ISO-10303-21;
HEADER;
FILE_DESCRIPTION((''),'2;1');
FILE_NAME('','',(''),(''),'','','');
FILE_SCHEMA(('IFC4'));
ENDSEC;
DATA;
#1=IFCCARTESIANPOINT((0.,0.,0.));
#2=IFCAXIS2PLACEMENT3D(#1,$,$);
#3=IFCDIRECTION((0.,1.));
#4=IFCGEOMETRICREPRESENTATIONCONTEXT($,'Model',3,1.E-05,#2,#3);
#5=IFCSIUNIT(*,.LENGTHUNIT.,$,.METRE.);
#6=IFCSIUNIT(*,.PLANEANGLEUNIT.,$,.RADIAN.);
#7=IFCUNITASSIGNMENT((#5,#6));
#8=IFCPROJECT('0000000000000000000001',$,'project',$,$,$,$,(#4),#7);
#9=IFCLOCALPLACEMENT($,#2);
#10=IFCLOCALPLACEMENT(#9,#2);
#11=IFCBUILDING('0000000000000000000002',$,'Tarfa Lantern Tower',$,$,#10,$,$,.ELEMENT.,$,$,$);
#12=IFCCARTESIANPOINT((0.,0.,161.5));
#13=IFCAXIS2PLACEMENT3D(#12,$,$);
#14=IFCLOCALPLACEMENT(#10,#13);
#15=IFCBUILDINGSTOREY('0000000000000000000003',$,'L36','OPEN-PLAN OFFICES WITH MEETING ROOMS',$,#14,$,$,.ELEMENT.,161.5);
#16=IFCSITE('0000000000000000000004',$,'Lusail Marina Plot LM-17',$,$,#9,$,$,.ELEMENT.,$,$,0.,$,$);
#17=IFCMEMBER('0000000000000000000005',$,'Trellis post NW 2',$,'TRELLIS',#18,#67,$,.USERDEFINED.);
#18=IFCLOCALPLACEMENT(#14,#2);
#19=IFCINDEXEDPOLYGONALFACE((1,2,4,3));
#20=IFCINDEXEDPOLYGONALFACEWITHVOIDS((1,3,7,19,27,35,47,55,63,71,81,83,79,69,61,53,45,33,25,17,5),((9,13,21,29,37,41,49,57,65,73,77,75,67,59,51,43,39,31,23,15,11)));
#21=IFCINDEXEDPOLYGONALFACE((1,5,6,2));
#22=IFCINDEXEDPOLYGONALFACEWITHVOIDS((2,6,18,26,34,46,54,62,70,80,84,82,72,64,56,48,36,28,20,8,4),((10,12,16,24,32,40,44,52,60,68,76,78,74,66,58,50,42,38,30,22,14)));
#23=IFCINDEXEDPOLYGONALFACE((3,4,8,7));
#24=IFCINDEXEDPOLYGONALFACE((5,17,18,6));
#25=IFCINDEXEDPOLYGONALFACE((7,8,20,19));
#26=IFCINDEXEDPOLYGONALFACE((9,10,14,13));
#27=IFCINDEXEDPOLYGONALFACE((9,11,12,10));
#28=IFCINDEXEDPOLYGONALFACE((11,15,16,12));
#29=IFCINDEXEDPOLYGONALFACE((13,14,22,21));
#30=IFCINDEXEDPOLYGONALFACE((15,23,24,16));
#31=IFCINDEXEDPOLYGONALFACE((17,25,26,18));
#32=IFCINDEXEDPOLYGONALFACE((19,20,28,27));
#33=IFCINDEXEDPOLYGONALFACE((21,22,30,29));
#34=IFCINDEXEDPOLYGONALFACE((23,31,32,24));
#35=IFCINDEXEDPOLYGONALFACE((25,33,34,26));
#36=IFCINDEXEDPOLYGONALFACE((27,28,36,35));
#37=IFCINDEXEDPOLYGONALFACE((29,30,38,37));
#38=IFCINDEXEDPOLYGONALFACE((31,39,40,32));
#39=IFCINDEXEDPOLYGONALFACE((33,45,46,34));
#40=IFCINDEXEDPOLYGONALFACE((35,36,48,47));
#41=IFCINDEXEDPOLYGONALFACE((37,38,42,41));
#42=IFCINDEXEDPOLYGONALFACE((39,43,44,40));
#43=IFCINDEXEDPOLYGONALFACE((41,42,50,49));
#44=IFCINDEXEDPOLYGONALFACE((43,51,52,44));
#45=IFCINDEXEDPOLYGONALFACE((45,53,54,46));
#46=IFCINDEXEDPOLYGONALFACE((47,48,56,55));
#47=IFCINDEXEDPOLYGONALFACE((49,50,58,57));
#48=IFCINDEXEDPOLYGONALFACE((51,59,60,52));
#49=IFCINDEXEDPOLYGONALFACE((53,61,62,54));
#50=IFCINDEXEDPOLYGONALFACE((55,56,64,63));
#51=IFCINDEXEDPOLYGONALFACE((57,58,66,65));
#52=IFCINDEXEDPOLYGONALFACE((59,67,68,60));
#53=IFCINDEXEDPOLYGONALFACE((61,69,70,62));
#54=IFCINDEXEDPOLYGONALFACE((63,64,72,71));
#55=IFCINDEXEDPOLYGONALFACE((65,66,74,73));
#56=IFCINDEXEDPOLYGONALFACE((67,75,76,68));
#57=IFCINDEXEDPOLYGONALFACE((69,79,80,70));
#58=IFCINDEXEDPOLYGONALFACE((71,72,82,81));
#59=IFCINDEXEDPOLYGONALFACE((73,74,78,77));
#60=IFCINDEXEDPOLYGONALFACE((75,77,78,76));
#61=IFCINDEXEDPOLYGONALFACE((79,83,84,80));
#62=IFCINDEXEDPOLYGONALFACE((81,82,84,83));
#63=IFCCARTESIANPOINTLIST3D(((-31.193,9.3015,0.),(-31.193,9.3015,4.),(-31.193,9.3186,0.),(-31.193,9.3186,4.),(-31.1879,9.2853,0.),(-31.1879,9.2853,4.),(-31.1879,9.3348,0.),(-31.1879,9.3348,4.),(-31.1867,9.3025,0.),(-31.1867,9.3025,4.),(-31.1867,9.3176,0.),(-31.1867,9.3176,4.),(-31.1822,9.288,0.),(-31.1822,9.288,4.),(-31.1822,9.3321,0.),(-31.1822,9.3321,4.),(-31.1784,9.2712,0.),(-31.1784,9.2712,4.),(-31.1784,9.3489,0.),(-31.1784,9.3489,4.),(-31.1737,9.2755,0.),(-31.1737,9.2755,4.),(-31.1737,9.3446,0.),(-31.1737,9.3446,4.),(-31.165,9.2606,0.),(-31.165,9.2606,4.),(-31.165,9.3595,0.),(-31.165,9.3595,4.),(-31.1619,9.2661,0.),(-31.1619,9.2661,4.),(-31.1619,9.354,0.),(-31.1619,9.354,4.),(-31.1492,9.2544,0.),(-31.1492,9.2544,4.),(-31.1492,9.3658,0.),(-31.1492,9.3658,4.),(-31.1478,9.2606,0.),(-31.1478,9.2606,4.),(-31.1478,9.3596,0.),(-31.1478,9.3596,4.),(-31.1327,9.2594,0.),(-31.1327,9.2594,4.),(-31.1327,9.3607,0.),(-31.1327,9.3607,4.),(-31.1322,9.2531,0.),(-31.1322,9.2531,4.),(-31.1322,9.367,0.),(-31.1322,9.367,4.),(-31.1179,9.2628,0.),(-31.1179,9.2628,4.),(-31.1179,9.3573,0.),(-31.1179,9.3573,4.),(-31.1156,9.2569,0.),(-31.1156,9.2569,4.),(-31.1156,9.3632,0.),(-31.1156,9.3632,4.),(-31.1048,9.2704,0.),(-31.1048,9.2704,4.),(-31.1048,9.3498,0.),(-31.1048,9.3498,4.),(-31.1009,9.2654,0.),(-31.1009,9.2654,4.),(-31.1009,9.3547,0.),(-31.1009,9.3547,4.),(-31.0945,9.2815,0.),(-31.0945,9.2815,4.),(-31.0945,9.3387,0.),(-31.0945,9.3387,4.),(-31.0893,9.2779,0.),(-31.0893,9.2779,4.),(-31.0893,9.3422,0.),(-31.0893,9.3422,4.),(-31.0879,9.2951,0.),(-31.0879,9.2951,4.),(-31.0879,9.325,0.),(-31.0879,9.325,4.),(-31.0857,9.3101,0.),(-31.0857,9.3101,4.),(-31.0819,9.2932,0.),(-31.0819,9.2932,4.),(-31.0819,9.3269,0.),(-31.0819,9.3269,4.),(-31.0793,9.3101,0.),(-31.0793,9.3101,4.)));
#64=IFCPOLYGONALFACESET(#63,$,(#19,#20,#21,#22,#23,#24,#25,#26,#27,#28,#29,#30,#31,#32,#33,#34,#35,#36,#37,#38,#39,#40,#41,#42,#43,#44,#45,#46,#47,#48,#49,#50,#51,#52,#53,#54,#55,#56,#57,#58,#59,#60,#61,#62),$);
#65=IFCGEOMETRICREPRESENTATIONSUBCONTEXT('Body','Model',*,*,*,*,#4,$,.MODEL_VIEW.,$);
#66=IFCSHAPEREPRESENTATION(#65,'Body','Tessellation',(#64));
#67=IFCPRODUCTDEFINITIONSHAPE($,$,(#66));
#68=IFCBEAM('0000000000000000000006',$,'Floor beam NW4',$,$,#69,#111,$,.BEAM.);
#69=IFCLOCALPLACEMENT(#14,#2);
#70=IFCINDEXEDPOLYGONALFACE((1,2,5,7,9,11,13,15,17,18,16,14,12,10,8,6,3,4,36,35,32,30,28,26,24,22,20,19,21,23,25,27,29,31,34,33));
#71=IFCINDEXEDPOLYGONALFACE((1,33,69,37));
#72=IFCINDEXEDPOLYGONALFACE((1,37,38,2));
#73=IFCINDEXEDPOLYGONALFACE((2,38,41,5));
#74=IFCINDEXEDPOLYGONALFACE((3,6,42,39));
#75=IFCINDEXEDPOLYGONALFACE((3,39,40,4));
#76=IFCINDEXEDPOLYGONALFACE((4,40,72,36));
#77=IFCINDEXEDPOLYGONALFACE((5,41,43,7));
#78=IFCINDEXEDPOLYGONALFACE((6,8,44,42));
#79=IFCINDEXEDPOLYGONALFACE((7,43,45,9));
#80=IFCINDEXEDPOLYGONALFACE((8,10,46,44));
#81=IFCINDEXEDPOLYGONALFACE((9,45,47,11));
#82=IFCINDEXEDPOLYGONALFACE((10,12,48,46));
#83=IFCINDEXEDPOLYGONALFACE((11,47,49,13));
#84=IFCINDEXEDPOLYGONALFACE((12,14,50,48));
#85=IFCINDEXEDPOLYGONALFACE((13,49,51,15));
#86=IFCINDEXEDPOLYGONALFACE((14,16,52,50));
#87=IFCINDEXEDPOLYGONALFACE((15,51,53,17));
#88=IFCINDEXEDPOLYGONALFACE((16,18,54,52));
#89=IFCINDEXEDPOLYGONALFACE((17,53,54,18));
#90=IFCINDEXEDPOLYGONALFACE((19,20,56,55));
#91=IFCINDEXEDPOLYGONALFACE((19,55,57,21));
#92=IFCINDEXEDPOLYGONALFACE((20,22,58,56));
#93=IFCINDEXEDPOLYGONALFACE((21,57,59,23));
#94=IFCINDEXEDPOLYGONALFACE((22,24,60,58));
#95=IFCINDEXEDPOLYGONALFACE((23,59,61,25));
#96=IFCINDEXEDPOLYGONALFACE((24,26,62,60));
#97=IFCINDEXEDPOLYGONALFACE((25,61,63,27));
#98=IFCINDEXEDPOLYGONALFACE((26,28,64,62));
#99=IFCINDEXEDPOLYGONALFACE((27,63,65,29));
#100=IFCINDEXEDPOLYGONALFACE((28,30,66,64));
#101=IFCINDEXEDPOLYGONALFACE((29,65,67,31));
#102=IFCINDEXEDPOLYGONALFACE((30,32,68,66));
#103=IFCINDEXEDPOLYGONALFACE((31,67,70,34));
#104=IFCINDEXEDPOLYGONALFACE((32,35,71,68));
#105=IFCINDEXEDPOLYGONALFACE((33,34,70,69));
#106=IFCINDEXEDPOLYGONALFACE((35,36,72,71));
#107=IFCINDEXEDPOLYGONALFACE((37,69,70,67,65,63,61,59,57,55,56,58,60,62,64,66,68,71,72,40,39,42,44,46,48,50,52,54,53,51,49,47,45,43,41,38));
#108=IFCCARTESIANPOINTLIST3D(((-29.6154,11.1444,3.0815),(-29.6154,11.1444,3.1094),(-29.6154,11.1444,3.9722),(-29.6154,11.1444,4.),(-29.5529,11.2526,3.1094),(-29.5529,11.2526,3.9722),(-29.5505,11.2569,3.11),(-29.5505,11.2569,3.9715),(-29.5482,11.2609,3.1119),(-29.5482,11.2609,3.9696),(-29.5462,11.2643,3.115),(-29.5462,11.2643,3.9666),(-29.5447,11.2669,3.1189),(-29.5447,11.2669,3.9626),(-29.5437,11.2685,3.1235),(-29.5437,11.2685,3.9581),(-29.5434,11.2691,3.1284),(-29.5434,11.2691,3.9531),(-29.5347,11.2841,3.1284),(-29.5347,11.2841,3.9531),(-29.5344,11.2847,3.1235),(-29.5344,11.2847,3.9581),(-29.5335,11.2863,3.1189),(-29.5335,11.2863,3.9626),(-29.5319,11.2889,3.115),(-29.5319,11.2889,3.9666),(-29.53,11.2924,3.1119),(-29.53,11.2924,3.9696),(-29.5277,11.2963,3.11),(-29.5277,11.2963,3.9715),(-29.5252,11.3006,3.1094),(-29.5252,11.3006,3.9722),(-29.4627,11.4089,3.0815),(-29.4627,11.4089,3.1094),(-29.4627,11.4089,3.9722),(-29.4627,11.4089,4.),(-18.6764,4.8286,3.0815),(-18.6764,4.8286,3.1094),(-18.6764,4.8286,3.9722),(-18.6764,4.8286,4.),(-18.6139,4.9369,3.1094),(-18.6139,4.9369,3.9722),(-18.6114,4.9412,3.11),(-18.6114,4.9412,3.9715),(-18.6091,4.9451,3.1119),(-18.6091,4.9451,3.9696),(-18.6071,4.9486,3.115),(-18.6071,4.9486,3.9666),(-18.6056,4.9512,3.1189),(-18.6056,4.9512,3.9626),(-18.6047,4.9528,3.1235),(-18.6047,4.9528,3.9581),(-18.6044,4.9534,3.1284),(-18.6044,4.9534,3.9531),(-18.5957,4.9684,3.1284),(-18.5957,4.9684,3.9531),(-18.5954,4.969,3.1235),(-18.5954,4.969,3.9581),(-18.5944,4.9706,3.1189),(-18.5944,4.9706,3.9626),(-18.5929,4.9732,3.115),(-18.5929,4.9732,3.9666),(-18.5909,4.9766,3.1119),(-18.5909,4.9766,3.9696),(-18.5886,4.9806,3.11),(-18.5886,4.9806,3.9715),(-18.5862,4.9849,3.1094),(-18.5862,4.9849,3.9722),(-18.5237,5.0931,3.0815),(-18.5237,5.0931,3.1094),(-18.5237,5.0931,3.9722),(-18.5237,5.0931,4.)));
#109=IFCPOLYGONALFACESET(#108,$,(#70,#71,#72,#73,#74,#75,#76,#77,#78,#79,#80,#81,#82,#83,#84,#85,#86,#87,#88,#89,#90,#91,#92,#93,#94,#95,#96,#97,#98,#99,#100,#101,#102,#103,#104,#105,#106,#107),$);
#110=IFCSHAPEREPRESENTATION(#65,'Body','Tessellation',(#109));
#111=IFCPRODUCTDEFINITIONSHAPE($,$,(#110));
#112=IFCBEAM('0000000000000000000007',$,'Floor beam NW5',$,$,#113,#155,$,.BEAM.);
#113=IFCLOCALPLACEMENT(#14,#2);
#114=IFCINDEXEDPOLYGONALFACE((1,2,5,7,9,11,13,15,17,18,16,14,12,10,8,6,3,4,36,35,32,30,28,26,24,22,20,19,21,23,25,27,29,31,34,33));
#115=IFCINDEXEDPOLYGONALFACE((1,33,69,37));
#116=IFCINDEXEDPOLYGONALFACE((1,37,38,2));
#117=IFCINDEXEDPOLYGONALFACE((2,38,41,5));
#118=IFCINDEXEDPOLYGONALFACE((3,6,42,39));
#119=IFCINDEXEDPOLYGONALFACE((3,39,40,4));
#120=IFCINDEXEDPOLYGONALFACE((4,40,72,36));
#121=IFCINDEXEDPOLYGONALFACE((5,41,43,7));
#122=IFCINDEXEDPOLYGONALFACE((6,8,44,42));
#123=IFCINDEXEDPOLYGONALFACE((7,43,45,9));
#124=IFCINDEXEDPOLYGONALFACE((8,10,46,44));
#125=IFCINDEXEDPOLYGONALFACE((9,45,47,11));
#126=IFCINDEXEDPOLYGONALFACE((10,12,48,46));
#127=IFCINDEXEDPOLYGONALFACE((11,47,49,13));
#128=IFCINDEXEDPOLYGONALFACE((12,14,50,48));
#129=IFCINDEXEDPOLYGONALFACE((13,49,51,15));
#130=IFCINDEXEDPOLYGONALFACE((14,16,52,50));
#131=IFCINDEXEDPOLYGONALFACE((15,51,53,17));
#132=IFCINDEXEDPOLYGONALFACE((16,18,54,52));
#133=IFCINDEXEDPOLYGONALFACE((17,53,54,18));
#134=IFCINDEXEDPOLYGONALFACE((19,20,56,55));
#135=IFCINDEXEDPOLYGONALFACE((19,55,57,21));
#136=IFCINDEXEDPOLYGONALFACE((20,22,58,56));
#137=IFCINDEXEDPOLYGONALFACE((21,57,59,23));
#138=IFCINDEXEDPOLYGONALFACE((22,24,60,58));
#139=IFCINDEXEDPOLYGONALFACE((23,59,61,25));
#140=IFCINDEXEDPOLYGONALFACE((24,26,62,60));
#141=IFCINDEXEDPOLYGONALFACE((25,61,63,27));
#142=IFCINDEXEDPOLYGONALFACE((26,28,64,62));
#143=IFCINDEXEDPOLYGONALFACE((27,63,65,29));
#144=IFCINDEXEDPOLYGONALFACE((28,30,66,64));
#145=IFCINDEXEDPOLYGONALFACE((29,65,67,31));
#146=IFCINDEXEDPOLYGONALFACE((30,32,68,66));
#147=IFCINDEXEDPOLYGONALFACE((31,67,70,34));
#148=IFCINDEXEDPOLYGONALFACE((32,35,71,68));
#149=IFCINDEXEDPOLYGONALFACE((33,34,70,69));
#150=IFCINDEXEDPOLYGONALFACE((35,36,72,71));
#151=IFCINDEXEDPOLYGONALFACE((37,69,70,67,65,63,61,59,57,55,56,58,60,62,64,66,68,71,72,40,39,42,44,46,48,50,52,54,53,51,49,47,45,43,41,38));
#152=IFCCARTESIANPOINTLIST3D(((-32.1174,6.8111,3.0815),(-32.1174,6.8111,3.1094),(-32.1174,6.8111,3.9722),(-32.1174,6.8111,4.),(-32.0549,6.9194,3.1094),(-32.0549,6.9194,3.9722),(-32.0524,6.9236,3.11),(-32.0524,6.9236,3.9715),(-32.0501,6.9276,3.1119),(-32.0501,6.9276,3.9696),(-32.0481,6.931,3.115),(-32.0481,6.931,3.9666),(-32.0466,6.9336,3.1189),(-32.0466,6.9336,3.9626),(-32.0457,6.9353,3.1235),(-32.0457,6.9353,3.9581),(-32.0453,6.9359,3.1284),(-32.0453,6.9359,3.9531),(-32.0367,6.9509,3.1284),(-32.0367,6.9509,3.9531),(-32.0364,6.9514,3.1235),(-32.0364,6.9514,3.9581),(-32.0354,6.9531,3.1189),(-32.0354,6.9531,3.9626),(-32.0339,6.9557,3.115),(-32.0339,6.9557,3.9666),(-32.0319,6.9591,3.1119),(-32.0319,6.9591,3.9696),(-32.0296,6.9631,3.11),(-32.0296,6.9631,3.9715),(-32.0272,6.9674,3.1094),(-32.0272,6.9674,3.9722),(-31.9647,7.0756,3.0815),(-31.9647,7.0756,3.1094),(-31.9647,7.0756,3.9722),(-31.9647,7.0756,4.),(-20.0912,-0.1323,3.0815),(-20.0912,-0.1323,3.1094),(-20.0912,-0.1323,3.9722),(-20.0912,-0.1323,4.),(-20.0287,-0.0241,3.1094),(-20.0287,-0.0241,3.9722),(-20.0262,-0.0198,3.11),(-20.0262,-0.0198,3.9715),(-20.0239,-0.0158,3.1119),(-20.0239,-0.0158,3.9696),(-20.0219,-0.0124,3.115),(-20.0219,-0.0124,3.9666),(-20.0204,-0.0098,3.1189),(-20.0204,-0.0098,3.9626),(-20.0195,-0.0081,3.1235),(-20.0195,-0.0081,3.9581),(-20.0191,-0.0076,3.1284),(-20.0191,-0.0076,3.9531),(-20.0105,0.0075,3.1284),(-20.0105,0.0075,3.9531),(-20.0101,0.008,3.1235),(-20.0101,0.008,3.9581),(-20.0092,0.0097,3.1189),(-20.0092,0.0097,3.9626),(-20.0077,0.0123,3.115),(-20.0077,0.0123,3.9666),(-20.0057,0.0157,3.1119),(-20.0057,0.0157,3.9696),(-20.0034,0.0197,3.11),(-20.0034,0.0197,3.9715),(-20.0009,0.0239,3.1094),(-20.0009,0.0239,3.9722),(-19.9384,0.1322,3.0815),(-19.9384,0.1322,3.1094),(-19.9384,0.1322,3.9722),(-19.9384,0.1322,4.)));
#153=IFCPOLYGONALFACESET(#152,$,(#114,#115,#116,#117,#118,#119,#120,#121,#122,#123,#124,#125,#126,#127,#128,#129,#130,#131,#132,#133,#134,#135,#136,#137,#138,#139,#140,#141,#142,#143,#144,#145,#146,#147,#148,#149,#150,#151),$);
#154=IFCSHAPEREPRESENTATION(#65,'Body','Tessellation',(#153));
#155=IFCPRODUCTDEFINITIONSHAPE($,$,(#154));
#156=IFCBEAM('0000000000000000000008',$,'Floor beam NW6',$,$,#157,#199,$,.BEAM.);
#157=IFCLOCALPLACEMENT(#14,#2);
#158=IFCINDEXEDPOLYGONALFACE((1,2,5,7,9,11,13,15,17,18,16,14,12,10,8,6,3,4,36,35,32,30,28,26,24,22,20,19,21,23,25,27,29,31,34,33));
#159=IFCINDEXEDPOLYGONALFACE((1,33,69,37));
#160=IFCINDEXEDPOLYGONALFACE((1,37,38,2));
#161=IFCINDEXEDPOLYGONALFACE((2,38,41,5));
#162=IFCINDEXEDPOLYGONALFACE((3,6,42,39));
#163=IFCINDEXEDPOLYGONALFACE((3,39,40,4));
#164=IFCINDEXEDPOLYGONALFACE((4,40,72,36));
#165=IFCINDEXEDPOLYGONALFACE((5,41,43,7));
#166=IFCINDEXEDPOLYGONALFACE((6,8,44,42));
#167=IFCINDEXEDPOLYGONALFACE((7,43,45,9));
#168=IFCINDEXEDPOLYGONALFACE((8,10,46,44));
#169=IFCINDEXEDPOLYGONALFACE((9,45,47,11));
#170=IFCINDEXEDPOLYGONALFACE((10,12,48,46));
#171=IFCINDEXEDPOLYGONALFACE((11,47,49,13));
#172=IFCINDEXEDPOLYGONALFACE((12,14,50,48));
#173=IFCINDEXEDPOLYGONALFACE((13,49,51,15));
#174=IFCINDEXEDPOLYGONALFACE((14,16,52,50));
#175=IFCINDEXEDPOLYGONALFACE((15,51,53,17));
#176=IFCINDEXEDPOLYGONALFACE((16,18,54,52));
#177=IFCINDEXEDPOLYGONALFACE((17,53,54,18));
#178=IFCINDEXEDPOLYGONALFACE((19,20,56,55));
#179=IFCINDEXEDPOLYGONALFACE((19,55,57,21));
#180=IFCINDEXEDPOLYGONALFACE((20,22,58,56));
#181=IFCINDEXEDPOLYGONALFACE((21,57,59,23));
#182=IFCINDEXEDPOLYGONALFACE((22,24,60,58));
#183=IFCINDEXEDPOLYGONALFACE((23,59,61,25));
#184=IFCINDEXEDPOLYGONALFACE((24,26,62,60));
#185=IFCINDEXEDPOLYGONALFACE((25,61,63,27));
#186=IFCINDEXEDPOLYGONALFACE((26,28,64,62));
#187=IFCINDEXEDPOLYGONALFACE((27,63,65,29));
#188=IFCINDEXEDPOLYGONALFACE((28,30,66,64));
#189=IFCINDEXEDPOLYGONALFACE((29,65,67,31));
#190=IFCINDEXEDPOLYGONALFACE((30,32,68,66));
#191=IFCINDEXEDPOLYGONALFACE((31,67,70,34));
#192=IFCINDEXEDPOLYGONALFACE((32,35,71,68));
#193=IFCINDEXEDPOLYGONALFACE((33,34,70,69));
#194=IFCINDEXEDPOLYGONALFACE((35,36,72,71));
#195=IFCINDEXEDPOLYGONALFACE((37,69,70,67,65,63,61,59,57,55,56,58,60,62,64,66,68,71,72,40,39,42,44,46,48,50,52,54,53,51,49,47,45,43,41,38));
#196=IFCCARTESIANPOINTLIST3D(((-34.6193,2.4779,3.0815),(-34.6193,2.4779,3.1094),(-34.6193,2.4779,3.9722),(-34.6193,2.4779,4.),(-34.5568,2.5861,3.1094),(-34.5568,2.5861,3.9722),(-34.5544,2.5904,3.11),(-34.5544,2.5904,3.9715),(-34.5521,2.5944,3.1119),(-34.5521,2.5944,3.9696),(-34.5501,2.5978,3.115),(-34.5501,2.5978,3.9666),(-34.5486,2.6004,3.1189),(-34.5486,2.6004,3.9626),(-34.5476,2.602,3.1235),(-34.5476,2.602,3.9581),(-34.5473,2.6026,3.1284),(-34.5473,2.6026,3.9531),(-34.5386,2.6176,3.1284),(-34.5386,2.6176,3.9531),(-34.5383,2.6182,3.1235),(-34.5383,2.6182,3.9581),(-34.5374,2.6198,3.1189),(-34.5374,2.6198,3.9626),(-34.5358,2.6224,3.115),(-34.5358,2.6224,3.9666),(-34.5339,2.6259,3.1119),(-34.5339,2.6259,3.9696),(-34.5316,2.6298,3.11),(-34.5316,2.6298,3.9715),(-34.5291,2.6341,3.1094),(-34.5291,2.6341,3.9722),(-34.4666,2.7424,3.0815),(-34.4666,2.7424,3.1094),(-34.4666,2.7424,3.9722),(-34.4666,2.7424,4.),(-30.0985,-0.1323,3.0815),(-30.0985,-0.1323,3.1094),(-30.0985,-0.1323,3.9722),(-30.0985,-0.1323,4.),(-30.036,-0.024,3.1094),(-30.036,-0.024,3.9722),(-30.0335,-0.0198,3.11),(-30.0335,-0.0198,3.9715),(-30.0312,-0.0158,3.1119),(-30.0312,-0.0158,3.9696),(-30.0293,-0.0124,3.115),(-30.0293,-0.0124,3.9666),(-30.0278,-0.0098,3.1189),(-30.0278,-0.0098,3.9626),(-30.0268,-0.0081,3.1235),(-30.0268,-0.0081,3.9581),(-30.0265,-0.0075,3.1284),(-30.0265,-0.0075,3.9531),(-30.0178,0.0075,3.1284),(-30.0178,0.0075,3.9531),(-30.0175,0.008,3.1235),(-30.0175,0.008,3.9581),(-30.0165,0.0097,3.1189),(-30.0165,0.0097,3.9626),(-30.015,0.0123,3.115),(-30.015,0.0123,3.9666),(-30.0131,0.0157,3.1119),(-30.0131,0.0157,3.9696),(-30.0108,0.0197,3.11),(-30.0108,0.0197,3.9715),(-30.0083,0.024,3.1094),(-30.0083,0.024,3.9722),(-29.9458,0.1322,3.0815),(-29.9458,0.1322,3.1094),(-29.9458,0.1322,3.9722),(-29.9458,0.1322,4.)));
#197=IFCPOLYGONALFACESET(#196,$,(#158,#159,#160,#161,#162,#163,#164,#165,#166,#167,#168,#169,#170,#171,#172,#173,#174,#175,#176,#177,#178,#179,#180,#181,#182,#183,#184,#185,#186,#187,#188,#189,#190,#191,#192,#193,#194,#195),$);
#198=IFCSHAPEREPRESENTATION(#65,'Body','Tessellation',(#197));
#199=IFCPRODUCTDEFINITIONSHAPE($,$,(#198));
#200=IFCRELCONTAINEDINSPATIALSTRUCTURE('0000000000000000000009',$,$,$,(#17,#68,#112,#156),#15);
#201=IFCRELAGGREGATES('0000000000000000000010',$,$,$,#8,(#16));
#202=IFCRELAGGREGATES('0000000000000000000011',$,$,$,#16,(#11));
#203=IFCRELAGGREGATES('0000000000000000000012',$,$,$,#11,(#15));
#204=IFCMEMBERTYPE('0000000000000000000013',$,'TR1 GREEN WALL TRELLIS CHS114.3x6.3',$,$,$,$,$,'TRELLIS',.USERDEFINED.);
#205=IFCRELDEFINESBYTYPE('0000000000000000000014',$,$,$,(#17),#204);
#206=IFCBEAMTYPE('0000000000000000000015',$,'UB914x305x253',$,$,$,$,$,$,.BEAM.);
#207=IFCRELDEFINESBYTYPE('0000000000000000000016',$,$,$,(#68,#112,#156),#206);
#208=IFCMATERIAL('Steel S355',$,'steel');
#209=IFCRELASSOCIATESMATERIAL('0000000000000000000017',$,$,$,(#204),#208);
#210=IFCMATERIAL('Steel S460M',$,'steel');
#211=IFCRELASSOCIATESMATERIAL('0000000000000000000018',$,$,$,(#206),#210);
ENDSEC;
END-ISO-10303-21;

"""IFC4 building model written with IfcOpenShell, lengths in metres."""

from ifc_helpers import new_model, si_unit, direction, frame, origin, origin_2d, place, context, subcontext, project, spatial, hollow_circle, i_section, extrude, material, material_profile, profile_set, type_object, element, save


model = new_model("IFC4")

# Units and contexts
model_context = context("Model", 3, precision=1e-05, world=origin(), true_north=direction((0.0, 1.0)))
body_context = subcontext(model_context, "Body", "Model", "MODEL_VIEW")
ifc_project = project(units=[si_unit("LENGTHUNIT", "METRE"), si_unit("PLANEANGLEUNIT", "RADIAN")], contexts=[model_context])

# Site, building, storey
site_placement = place(None, origin())
site = spatial("IfcSite", under=ifc_project, at=site_placement, Name="Lusail Marina Plot LM-17", CompositionType="ELEMENT", RefElevation=0.0)
building_placement = place(site_placement, origin())
building = spatial("IfcBuilding", under=site, at=building_placement, Name="Tarfa Lantern Tower", CompositionType="ELEMENT")
storey_placement = place(building_placement, frame((0.0, 0.0, 161.5)))
storey = spatial("IfcBuildingStorey", under=building, at=storey_placement, Name="L36", Description="OPEN-PLAN OFFICES WITH MEETING ROOMS", CompositionType="ELEMENT", Elevation=161.5)

# Member
ifc_material_1 = material(Name="Steel S355", Category="steel")
ifc_material_profile_1 = material_profile(ifc_material_1, hollow_circle(Radius=0.0571, WallThickness=0.0063, at=origin_2d()), Name="CHS114.3x6.3")
ifc_profile_set_1 = profile_set([ifc_material_profile_1], Name="Steel S355")
member_type_1 = type_object("IfcMemberType", Name="TR1 GREEN WALL TRELLIS CHS114.3x6.3", ElementType="TRELLIS", PredefinedType="USERDEFINED", material=ifc_profile_set_1)
member_1_placement = place(storey_placement, frame((-31.1365, 9.3101, 0.0), z_axis=(0.0, 0.0, 1.0), x_axis=(1.0, 0.0, 0.0)))
element("IfcMember", 1, at=member_1_placement, inside=storey, type_object=member_type_1, Name="Trellis post NW 2", ObjectType="TRELLIS", PredefinedType="USERDEFINED", context=body_context, shape_type="SweptSolid", body=[
    extrude(hollow_circle(Radius=0.0571, WallThickness=0.0063, at=origin_2d()), origin(), (0.0, 0.0, 1.0), 4.0),
])

# Beams
ifc_material_2 = material(Name="Steel S460M", Category="steel")
ifc_material_profile_2 = material_profile(ifc_material_2, i_section(OverallWidth=0.3054, OverallDepth=0.9185, WebThickness=0.0173, FlangeThickness=0.0278, FilletRadius=0.019, at=origin_2d()), Name="UB914x305x253")
ifc_profile_set_2 = profile_set([ifc_material_profile_2], Name="Steel S460M")
beam_type_1 = type_object("IfcBeamType", Name="UB914x305x253", PredefinedType="BEAM", material=ifc_profile_set_2)
beam_1_placement = place(storey_placement, frame((-29.5391, 11.2766, 3.5408), z_axis=(0.866023, -0.500004, 0.0), x_axis=(0.500004, 0.866023, 0.0)))
element("IfcBeam", 2, at=beam_1_placement, inside=storey, type_object=beam_type_1, Name="Floor beam NW4", PredefinedType="BEAM", context=body_context, shape_type="SweptSolid", body=[
    extrude(i_section(OverallWidth=0.3054, OverallDepth=0.9185, WebThickness=0.0173, FlangeThickness=0.0278, FilletRadius=0.019, at=origin_2d()), origin(), (0.0, 0.0, 1.0), 12.6313),
])
beam_2_placement = place(storey_placement, frame((-32.041, 6.9434, 3.5408), z_axis=(0.866023, -0.500004, 0.0), x_axis=(0.500004, 0.866023, 0.0)))
element("IfcBeam", 3, at=beam_2_placement, inside=storey, type_object=beam_type_1, Name="Floor beam NW5", PredefinedType="BEAM", context=body_context, shape_type="SweptSolid", body=[
    extrude(i_section(OverallWidth=0.3054, OverallDepth=0.9185, WebThickness=0.0173, FlangeThickness=0.0278, FilletRadius=0.019, at=origin_2d()), origin(), (0.0, 0.0, 1.0), 13.8867),
])
beam_3_placement = place(storey_placement, frame((-34.543, 2.6101, 3.5408), z_axis=(0.866021, -0.500007, 0.0), x_axis=(0.500007, 0.866021, 0.0)))
element("IfcBeam", 4, at=beam_3_placement, inside=storey, type_object=beam_type_1, Name="Floor beam NW6", PredefinedType="BEAM", context=body_context, shape_type="SweptSolid", body=[
    extrude(i_section(OverallWidth=0.3054, OverallDepth=0.9185, WebThickness=0.0173, FlangeThickness=0.0278, FilletRadius=0.019, at=origin_2d()), origin(), (0.0, 0.0, 1.0), 5.2202),
])

save(model, "model.ifc")
